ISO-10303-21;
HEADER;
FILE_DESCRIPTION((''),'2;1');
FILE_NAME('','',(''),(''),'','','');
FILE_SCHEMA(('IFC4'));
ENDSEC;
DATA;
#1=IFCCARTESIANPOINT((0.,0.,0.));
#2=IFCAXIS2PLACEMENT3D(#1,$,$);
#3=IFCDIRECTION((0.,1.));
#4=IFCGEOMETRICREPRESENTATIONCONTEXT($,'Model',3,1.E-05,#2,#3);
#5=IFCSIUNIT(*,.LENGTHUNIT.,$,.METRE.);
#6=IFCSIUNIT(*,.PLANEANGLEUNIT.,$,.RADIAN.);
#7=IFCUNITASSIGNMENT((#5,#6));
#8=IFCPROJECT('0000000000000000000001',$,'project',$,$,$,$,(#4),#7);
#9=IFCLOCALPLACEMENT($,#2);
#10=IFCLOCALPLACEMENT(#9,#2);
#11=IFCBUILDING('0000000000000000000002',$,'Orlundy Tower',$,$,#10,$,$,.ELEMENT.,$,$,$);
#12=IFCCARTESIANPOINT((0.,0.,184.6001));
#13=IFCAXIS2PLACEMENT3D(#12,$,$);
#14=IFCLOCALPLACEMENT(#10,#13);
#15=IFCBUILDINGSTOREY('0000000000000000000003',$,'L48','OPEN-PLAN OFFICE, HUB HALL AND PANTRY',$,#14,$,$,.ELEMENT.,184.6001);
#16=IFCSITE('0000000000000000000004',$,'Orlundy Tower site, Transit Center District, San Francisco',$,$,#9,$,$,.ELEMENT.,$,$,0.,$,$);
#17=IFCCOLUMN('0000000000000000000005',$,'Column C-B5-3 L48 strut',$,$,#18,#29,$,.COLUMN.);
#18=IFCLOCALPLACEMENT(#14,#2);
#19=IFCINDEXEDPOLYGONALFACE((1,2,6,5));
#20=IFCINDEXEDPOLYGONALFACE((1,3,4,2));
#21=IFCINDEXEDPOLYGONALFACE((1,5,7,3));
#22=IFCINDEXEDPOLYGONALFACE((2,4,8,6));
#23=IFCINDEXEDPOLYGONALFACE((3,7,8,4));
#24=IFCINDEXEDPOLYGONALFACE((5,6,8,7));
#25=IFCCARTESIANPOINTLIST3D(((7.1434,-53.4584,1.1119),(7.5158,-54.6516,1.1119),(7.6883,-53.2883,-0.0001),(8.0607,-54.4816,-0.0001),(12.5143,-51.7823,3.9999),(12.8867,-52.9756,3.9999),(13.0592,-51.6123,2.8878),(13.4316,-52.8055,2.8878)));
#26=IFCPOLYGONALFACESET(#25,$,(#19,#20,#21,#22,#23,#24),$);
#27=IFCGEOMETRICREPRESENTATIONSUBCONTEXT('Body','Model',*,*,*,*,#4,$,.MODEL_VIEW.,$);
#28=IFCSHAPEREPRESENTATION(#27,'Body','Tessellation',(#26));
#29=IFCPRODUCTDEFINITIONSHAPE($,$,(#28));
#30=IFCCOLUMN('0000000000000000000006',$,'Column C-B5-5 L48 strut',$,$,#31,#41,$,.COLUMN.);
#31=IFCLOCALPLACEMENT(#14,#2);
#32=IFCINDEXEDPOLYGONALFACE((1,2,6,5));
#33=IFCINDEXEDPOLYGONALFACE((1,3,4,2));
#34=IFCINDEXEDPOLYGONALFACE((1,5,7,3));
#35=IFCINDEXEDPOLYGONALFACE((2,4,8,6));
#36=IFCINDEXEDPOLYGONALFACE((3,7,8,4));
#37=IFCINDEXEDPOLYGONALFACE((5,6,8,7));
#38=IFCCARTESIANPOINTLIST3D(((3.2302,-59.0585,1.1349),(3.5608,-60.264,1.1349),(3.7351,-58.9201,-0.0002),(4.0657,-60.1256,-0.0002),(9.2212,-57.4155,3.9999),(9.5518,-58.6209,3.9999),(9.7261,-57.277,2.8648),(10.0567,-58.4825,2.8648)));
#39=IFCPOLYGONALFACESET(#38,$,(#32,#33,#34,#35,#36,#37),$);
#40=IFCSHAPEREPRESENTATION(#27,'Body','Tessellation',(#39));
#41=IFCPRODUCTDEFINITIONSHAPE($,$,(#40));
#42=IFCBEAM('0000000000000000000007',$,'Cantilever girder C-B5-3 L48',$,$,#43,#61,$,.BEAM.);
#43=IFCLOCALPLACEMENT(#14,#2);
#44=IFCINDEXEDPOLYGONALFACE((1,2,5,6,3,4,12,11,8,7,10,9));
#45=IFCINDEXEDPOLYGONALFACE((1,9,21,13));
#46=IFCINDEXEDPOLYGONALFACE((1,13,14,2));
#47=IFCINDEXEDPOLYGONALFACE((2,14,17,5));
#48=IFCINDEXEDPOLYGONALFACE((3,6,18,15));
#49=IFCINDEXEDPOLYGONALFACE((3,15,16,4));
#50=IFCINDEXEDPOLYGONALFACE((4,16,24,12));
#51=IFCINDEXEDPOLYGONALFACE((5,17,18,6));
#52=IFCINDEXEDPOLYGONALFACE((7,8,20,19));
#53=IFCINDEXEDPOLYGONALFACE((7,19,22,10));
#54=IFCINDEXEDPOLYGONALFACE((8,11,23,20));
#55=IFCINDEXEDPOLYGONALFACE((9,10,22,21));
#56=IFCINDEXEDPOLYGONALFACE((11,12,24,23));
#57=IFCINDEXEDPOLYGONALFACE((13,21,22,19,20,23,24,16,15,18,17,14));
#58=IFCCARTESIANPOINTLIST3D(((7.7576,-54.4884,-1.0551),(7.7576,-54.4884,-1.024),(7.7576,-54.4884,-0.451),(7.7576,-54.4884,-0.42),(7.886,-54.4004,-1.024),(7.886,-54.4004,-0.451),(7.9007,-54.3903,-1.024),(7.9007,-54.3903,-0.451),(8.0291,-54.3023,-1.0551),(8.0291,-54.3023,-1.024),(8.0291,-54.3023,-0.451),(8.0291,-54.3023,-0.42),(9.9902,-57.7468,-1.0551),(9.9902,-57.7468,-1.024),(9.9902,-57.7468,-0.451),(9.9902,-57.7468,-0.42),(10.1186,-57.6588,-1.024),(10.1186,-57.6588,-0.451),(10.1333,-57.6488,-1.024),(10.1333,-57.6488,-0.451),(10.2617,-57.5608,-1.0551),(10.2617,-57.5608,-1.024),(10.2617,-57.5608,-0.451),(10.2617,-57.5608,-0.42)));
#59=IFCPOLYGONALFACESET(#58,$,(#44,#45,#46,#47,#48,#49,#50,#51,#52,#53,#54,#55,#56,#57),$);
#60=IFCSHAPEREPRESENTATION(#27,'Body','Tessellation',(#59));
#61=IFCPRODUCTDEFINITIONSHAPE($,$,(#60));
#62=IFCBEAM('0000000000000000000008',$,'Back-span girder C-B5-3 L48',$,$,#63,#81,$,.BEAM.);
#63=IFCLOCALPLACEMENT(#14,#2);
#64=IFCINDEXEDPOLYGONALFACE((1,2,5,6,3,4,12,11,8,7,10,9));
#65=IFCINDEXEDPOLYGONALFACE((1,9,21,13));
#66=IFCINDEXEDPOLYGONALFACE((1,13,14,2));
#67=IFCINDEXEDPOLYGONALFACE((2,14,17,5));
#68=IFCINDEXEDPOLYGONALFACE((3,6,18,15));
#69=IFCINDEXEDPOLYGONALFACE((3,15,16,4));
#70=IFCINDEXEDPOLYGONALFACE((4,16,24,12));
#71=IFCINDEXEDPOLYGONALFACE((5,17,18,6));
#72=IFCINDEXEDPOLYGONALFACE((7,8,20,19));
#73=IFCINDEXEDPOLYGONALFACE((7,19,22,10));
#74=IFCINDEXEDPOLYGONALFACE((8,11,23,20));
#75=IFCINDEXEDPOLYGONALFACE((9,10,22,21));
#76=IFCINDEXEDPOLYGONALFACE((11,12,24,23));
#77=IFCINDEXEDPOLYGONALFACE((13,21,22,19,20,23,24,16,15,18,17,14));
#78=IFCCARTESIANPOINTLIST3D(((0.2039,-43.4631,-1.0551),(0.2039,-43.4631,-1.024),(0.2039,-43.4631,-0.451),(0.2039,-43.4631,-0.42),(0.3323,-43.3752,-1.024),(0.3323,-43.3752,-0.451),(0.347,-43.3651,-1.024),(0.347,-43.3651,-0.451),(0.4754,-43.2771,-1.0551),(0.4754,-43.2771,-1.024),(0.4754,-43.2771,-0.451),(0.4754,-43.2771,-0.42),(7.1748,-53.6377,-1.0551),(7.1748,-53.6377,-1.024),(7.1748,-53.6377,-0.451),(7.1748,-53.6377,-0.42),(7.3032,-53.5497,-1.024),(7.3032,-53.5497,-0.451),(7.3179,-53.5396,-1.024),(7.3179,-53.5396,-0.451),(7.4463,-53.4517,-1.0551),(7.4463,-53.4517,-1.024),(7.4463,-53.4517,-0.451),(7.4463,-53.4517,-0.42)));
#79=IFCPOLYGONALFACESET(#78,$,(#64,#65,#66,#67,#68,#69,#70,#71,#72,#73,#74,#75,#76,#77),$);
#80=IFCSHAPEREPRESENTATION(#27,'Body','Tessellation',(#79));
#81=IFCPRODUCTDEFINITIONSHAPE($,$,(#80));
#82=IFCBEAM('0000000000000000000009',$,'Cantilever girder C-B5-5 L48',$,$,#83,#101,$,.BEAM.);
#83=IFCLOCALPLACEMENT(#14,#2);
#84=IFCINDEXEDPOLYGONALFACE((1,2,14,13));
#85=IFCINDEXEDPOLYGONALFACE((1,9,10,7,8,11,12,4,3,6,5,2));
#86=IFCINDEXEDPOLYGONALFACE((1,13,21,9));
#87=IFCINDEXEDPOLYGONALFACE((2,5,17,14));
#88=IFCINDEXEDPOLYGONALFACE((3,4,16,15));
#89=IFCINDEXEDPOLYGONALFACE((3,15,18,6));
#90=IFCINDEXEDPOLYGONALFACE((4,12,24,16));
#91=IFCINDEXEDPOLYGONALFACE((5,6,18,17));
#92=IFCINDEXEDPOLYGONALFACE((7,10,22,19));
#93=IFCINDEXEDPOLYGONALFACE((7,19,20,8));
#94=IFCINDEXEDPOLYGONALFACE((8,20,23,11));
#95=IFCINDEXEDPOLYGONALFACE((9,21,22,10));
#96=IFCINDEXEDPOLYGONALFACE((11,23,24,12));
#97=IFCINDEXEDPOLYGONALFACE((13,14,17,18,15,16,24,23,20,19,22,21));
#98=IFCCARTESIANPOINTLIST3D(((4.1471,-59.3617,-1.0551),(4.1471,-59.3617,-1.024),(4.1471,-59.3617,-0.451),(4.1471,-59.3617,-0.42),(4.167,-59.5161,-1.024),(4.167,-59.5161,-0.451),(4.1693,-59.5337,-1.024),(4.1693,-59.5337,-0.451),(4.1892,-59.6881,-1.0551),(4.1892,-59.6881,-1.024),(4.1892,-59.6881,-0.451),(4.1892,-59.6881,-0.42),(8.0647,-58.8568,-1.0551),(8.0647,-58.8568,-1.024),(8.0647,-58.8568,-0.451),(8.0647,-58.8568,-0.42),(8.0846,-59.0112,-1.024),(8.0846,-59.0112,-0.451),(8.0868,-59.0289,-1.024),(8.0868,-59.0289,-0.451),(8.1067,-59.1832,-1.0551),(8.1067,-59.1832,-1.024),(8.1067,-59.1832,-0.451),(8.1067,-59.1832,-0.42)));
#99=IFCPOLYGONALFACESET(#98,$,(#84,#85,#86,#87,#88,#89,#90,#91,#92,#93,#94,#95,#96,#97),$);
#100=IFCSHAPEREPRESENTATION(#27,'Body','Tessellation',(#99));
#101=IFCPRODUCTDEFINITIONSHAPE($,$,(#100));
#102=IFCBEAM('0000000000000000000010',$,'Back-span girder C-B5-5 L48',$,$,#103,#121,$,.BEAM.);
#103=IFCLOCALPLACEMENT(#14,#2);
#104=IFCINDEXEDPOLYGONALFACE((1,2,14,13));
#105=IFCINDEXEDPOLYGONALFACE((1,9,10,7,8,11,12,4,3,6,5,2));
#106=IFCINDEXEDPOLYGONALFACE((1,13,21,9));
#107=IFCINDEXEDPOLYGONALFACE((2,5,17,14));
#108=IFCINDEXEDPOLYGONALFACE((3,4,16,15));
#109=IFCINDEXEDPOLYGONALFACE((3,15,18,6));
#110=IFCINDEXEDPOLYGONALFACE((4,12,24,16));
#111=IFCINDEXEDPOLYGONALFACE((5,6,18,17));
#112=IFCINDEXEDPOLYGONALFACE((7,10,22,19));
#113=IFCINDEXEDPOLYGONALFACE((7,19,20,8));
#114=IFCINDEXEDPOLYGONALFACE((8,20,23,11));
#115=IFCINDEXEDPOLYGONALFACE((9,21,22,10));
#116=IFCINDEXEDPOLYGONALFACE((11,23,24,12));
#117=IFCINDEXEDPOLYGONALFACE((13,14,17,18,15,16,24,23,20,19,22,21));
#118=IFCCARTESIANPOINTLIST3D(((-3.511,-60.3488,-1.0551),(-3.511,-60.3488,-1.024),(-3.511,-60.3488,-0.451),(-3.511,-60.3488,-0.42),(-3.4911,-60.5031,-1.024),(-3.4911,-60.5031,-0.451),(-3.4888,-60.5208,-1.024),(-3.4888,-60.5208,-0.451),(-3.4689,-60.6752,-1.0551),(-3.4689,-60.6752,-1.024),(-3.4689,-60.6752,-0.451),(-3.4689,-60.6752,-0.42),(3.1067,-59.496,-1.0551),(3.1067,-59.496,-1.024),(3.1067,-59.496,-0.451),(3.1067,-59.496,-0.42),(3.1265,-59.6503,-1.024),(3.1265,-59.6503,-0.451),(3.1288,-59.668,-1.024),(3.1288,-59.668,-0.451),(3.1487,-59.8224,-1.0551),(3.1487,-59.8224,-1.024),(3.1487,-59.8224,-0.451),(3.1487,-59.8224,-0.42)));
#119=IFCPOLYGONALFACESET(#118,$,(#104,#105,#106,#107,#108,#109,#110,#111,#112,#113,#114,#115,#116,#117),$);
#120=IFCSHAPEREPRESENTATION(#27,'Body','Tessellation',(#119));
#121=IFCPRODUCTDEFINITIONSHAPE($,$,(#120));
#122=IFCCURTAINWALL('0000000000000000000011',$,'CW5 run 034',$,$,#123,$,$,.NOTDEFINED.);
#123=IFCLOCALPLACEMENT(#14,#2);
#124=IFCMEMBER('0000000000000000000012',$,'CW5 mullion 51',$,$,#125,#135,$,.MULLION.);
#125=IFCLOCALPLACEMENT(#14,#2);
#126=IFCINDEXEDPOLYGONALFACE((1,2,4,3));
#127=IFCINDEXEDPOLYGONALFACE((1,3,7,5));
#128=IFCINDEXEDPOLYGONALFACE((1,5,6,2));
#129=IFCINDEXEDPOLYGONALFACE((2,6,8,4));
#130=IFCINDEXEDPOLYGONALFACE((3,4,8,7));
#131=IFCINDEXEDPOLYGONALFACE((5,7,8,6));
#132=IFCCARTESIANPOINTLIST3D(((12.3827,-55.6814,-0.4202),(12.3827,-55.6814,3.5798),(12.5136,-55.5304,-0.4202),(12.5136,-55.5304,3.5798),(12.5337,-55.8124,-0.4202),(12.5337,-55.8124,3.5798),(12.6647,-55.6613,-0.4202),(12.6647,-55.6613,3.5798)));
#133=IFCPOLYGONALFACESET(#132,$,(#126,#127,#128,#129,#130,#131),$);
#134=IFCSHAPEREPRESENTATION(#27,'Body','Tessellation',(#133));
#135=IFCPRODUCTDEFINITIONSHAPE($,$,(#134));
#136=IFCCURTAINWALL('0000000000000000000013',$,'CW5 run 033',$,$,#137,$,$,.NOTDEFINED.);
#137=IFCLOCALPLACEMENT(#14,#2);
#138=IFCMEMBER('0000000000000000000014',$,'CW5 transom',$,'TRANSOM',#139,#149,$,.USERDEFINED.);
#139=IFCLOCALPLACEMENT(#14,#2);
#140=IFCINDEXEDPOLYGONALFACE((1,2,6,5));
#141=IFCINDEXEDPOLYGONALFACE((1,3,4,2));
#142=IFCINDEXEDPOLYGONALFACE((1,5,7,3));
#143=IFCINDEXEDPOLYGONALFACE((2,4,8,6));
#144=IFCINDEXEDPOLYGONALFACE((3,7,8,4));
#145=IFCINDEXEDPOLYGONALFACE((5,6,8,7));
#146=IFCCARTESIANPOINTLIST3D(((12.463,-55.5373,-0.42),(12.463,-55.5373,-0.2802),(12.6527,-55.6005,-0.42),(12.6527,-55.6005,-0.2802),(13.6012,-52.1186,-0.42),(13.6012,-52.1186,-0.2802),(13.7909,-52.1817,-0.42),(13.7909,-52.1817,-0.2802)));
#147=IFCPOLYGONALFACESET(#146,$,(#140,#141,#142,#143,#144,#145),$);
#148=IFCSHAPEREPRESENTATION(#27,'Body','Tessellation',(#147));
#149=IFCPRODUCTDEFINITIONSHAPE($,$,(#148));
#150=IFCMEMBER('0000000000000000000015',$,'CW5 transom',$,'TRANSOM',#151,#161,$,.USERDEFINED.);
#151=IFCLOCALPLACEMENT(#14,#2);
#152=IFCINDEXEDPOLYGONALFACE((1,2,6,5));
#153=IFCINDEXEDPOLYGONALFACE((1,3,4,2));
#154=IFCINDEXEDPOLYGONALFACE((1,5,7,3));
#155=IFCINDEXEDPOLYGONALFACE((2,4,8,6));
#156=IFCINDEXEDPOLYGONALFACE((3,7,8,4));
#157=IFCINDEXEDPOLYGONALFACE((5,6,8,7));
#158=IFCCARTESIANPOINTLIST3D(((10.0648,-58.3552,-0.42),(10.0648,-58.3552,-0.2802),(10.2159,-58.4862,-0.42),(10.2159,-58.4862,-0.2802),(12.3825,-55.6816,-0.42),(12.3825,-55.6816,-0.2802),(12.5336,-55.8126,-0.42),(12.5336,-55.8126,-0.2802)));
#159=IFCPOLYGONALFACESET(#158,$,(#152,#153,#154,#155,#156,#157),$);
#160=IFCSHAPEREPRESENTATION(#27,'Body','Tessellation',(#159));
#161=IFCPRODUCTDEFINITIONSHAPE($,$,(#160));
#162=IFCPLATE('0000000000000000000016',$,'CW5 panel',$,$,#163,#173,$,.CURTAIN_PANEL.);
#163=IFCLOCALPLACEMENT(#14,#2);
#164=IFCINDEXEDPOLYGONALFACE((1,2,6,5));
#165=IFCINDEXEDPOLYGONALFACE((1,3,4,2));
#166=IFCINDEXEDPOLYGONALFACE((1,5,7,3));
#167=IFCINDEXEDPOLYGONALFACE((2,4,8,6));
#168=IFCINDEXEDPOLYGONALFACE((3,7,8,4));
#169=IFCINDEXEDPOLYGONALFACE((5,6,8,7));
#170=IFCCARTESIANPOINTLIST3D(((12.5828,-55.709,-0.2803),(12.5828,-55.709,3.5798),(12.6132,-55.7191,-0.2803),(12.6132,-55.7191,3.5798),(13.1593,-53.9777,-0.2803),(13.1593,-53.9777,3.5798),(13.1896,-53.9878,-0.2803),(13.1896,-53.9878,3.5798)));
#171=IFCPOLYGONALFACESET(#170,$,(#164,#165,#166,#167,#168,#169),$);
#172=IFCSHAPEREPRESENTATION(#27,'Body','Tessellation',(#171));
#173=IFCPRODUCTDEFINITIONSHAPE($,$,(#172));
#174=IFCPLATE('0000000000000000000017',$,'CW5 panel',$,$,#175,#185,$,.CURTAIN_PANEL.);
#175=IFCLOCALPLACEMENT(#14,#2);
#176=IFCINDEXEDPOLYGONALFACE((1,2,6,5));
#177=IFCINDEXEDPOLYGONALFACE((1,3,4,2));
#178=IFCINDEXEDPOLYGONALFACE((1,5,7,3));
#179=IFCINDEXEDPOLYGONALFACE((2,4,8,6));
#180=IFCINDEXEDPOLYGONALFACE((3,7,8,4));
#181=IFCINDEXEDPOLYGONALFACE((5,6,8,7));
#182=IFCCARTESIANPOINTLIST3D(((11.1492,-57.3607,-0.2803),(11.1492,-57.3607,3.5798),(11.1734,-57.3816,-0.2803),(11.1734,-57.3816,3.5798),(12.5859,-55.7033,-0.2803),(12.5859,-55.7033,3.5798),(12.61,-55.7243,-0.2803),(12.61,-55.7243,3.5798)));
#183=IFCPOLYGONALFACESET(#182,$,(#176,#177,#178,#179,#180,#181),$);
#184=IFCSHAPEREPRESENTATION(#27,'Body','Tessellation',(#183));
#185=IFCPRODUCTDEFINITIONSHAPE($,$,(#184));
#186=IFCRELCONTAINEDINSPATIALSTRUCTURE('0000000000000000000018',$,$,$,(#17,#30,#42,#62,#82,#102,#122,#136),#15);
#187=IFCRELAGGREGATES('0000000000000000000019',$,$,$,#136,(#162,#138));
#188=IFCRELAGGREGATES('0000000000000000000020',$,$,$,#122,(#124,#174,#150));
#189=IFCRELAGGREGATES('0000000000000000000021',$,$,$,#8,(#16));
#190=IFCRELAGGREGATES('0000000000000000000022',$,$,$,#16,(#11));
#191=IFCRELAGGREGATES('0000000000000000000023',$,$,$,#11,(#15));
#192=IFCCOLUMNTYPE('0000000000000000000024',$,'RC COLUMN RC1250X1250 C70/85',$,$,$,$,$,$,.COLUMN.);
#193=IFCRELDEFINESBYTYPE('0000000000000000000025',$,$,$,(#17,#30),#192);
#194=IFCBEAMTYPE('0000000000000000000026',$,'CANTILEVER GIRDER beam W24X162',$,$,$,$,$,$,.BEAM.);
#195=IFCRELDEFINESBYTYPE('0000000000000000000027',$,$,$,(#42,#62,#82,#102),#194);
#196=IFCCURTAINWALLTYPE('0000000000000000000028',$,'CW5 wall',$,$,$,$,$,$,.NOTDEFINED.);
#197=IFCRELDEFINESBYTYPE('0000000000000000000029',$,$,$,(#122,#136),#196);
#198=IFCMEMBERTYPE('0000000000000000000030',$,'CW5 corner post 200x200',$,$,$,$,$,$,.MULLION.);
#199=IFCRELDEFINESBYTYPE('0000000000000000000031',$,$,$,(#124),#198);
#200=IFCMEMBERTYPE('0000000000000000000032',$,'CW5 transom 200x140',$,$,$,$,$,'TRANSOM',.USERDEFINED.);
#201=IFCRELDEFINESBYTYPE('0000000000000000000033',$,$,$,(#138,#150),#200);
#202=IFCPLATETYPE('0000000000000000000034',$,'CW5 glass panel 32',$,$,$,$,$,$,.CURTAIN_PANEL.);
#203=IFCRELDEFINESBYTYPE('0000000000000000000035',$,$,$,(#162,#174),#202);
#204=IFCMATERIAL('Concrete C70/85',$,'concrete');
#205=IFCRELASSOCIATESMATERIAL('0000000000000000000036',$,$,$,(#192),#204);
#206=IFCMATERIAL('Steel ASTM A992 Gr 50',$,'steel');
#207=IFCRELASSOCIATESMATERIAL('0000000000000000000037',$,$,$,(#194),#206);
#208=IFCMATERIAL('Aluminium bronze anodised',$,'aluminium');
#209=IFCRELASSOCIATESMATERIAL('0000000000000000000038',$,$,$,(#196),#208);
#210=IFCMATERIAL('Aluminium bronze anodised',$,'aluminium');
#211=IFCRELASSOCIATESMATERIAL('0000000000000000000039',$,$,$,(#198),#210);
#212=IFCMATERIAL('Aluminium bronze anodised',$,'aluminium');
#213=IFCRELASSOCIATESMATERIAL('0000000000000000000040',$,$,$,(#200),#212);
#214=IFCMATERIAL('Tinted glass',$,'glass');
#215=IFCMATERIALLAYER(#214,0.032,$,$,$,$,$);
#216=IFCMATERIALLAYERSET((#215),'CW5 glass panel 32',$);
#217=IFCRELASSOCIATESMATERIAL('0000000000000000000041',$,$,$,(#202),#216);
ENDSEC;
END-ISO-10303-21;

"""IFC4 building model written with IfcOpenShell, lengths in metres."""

from ifc_helpers import new_model, si_unit, direction, frame, origin, origin_2d, place, context, subcontext, project, spatial, rectangle, i_section, extrude, material, layer, layer_set, material_profile, profile_set, type_object, element, aggregate, save


model = new_model("IFC4")

# Units and contexts
model_context = context("Model", 3, precision=1e-05, world=origin(), true_north=direction((0.0, 1.0)))
body_context = subcontext(model_context, "Body", "Model", "MODEL_VIEW")
ifc_project = project(units=[si_unit("LENGTHUNIT", "METRE"), si_unit("PLANEANGLEUNIT", "RADIAN")], contexts=[model_context])

# Site, building, storey
site_placement = place(None, origin())
site = spatial("IfcSite", under=ifc_project, at=site_placement, Name="Orlundy Tower site, Transit Center District, San Francisco", CompositionType="ELEMENT", RefElevation=0.0)
building_placement = place(site_placement, origin())
building = spatial("IfcBuilding", under=site, at=building_placement, Name="Orlundy Tower", CompositionType="ELEMENT")
storey_placement = place(building_placement, frame((0.0, 0.0, 184.6001)))
storey = spatial("IfcBuildingStorey", under=building, at=storey_placement, Name="L48", Description="OPEN-PLAN OFFICE, HUB HALL AND PANTRY", CompositionType="ELEMENT", Elevation=184.6001)

# Columns
ifc_material_1 = material(Name="Concrete C70/85", Category="concrete")
ifc_material_profile_1 = material_profile(ifc_material_1, rectangle(XDim=1.25, YDim=1.25, at=origin_2d()), Name="RC1250X1250")
ifc_profile_set_1 = profile_set([ifc_material_profile_1], Name="Concrete C70/85")
column_type = type_object("IfcColumnType", Name="RC COLUMN RC1250X1250 C70/85", PredefinedType="COLUMN", material=ifc_profile_set_1)
column_1_placement = place(storey_placement, frame((7.6021, -53.97, 0.5559), z_axis=(0.849256, 0.265019, 0.45665), x_axis=(-0.297892, 0.9546, 0.0)))
element("IfcColumn", 1, at=column_1_placement, inside=storey, type_object=column_type, Name="Column C-B5-3 L48 strut", PredefinedType="COLUMN", context=body_context, shape_type="SweptSolid", body=[
    extrude(rectangle(XDim=1.25, YDim=1.25, at=origin_2d()), origin(), (0.0, 0.0, 1.0), 6.3242),
])
column_2_placement = place(storey_placement, frame((3.6479, -59.592, 0.5674), z_axis=(0.875742, 0.240179, 0.418796), x_axis=(-0.264491, 0.964388, 0.0)))
element("IfcColumn", 2, at=column_2_placement, inside=storey, type_object=column_type, Name="Column C-B5-5 L48 strut", PredefinedType="COLUMN", context=body_context, shape_type="SweptSolid", body=[
    extrude(rectangle(XDim=1.25, YDim=1.25, at=origin_2d()), origin(), (0.0, 0.0, 1.0), 6.8411),
])

# Beams
ifc_material_2 = material(Name="Steel ASTM A992 Gr 50", Category="steel")
ifc_material_profile_2 = material_profile(ifc_material_2, i_section(OverallWidth=0.3291, OverallDepth=0.635, WebThickness=0.0178, FlangeThickness=0.031, at=origin_2d()), Name="W24X162")
ifc_profile_set_2 = profile_set([ifc_material_profile_2], Name="Steel ASTM A992 Gr 50")
beam_type = type_object("IfcBeamType", Name="CANTILEVER GIRDER beam W24X162", PredefinedType="BEAM", material=ifc_profile_set_2)
beam_1_placement = place(storey_placement, frame((10.126, -57.6538, -0.7375), z_axis=(-0.565224, 0.824937, 0.0), x_axis=(-0.824937, -0.565224, 0.0)))
element("IfcBeam", 3, at=beam_1_placement, inside=storey, type_object=beam_type, Name="Cantilever girder C-B5-3 L48", PredefinedType="BEAM", context=body_context, shape_type="SweptSolid", body=[
    extrude(i_section(OverallWidth=0.3291, OverallDepth=0.635, WebThickness=0.0178, FlangeThickness=0.031, at=origin_2d()), origin(), (0.0, 0.0, 1.0), 3.95),
])
beam_2_placement = place(storey_placement, frame((7.3105, -53.5447, -0.7375), z_axis=(-0.565203, 0.824952, 0.0), x_axis=(-0.824952, -0.565203, 0.0)))
element("IfcBeam", 4, at=beam_2_placement, inside=storey, type_object=beam_type, Name="Back-span girder C-B5-3 L48", PredefinedType="BEAM", context=body_context, shape_type="SweptSolid", body=[
    extrude(i_section(OverallWidth=0.3291, OverallDepth=0.635, WebThickness=0.0178, FlangeThickness=0.031, at=origin_2d()), origin(), (0.0, 0.0, 1.0), 12.3335),
])
beam_3_placement = place(storey_placement, frame((8.0857, -59.02, -0.7375), z_axis=(-0.991797, -0.127822, 0.0), x_axis=(0.127822, -0.991797, 0.0)))
element("IfcBeam", 5, at=beam_3_placement, inside=storey, type_object=beam_type, Name="Cantilever girder C-B5-5 L48", PredefinedType="BEAM", context=body_context, shape_type="SweptSolid", body=[
    extrude(i_section(OverallWidth=0.3291, OverallDepth=0.635, WebThickness=0.0178, FlangeThickness=0.031, at=origin_2d()), origin(), (0.0, 0.0, 1.0), 3.95),
])
beam_4_placement = place(storey_placement, frame((3.1277, -59.6592, -0.7375), z_axis=(-0.991799, -0.127808, 0.0), x_axis=(0.127808, -0.991799, 0.0)))
element("IfcBeam", 6, at=beam_4_placement, inside=storey, type_object=beam_type, Name="Back-span girder C-B5-5 L48", PredefinedType="BEAM", context=body_context, shape_type="SweptSolid", body=[
    extrude(i_section(OverallWidth=0.3291, OverallDepth=0.635, WebThickness=0.0178, FlangeThickness=0.031, at=origin_2d()), origin(), (0.0, 0.0, 1.0), 6.6724),
])

# Curtain walls, members
ifc_material_3 = material(Name="Aluminium bronze anodised", Category="aluminium")
curtain_wall_type = type_object("IfcCurtainWallType", Name="CW5 wall", PredefinedType="NOTDEFINED", material=ifc_material_3)
curtain_wall_1_placement = place(storey_placement, origin())
curtain_wall_1 = element("IfcCurtainWall", 7, at=curtain_wall_1_placement, inside=storey, type_object=curtain_wall_type, Name="CW5 run 034", PredefinedType="NOTDEFINED")
ifc_material_4 = material(Name="Aluminium bronze anodised", Category="aluminium")
ifc_material_profile_3 = material_profile(ifc_material_4, rectangle(XDim=0.2, YDim=0.2, at=origin_2d()), Name="CW5 corner post 200x200")
ifc_profile_set_3 = profile_set([ifc_material_profile_3], Name="Aluminium bronze anodised")
member_type_1 = type_object("IfcMemberType", Name="CW5 corner post 200x200", PredefinedType="MULLION", material=ifc_profile_set_3)
member_1_placement = place(storey_placement, frame((12.5237, -55.6714, -0.4202), z_axis=(0.0, 0.0, 1.0), x_axis=(0.755627, -0.655002, 0.0)))
member_1 = element("IfcMember", 8, at=member_1_placement, type_object=member_type_1, Name="CW5 mullion 51", PredefinedType="MULLION", context=body_context, shape_type="SweptSolid", body=[
    extrude(rectangle(XDim=0.2, YDim=0.2, at=origin_2d()), origin(), (0.0, 0.0, 1.0), 4.0),
])
curtain_wall_2_placement = place(storey_placement, origin())
curtain_wall_2 = element("IfcCurtainWall", 9, at=curtain_wall_2_placement, inside=storey, type_object=curtain_wall_type, Name="CW5 run 033", PredefinedType="NOTDEFINED")
ifc_material_5 = material(Name="Aluminium bronze anodised", Category="aluminium")
ifc_material_profile_4 = material_profile(ifc_material_5, rectangle(XDim=0.2, YDim=0.1399, at=origin_2d()), Name="CW5 transom 200x140")
ifc_profile_set_4 = profile_set([ifc_material_profile_4], Name="Aluminium bronze anodised")
member_type_2 = type_object("IfcMemberType", Name="CW5 transom 200x140", ElementType="TRANSOM", PredefinedType="USERDEFINED", material=ifc_profile_set_4)
member_2_placement = place(storey_placement, frame((13.696, -52.1501, -0.3501), z_axis=(-0.315882, -0.948798, 0.0), x_axis=(0.948798, -0.315882, 0.0)))
member_2 = element("IfcMember", 10, at=member_2_placement, type_object=member_type_2, Name="CW5 transom", ObjectType="TRANSOM", PredefinedType="USERDEFINED", context=body_context, shape_type="SweptSolid", body=[
    extrude(rectangle(XDim=0.2, YDim=0.1399, at=origin_2d()), origin(), (0.0, 0.0, 1.0), 3.6033),
])

# Member
member_3_placement = place(storey_placement, frame((12.458, -55.7471, -0.3501), z_axis=(-0.655015, -0.755616, 0.0), x_axis=(0.755616, -0.655015, 0.0)))
member_3 = element("IfcMember", 11, at=member_3_placement, type_object=member_type_2, Name="CW5 transom", ObjectType="TRANSOM", PredefinedType="USERDEFINED", context=body_context, shape_type="SweptSolid", body=[
    extrude(rectangle(XDim=0.2, YDim=0.1399, at=origin_2d()), origin(), (0.0, 0.0, 1.0), 3.5383),
])

# Plates
ifc_material_6 = material(Name="Tinted glass", Category="glass")
ifc_layer_1 = layer(ifc_material_6, 0.032)
ifc_layer_set_1 = layer_set([ifc_layer_1], Name="CW5 glass panel 32")
plate_type = type_object("IfcPlateType", Name="CW5 glass panel 32", PredefinedType="CURTAIN_PANEL", material=ifc_layer_set_1)
plate_1_placement = place(storey_placement, frame((12.8862, -54.8484, -0.2803), z_axis=(0.0, 0.0, 1.0), x_axis=(-0.315904, -0.948791, 0.0)))
plate_1 = element("IfcPlate", 12, at=plate_1_placement, type_object=plate_type, Name="CW5 panel", PredefinedType="CURTAIN_PANEL", context=body_context, shape_type="SweptSolid", body=[
    extrude(rectangle(XDim=1.8247, YDim=0.032, at=origin_2d()), origin(), (0.0, 0.0, 1.0), 3.8601),
])
aggregate(curtain_wall_2, [plate_1, member_2])
plate_2_placement = place(storey_placement, frame((11.8796, -56.5425, -0.2803), z_axis=(0.0, 0.0, 1.0), x_axis=(-0.655002, -0.755627, 0.0)))
plate_2 = element("IfcPlate", 13, at=plate_2_placement, type_object=plate_type, Name="CW5 panel", PredefinedType="CURTAIN_PANEL", context=body_context, shape_type="SweptSolid", body=[
    extrude(rectangle(XDim=2.1934, YDim=0.032, at=origin_2d()), origin(), (0.0, 0.0, 1.0), 3.8601),
])
aggregate(curtain_wall_1, [member_1, plate_2, member_3])

save(model, "model.ifc")
